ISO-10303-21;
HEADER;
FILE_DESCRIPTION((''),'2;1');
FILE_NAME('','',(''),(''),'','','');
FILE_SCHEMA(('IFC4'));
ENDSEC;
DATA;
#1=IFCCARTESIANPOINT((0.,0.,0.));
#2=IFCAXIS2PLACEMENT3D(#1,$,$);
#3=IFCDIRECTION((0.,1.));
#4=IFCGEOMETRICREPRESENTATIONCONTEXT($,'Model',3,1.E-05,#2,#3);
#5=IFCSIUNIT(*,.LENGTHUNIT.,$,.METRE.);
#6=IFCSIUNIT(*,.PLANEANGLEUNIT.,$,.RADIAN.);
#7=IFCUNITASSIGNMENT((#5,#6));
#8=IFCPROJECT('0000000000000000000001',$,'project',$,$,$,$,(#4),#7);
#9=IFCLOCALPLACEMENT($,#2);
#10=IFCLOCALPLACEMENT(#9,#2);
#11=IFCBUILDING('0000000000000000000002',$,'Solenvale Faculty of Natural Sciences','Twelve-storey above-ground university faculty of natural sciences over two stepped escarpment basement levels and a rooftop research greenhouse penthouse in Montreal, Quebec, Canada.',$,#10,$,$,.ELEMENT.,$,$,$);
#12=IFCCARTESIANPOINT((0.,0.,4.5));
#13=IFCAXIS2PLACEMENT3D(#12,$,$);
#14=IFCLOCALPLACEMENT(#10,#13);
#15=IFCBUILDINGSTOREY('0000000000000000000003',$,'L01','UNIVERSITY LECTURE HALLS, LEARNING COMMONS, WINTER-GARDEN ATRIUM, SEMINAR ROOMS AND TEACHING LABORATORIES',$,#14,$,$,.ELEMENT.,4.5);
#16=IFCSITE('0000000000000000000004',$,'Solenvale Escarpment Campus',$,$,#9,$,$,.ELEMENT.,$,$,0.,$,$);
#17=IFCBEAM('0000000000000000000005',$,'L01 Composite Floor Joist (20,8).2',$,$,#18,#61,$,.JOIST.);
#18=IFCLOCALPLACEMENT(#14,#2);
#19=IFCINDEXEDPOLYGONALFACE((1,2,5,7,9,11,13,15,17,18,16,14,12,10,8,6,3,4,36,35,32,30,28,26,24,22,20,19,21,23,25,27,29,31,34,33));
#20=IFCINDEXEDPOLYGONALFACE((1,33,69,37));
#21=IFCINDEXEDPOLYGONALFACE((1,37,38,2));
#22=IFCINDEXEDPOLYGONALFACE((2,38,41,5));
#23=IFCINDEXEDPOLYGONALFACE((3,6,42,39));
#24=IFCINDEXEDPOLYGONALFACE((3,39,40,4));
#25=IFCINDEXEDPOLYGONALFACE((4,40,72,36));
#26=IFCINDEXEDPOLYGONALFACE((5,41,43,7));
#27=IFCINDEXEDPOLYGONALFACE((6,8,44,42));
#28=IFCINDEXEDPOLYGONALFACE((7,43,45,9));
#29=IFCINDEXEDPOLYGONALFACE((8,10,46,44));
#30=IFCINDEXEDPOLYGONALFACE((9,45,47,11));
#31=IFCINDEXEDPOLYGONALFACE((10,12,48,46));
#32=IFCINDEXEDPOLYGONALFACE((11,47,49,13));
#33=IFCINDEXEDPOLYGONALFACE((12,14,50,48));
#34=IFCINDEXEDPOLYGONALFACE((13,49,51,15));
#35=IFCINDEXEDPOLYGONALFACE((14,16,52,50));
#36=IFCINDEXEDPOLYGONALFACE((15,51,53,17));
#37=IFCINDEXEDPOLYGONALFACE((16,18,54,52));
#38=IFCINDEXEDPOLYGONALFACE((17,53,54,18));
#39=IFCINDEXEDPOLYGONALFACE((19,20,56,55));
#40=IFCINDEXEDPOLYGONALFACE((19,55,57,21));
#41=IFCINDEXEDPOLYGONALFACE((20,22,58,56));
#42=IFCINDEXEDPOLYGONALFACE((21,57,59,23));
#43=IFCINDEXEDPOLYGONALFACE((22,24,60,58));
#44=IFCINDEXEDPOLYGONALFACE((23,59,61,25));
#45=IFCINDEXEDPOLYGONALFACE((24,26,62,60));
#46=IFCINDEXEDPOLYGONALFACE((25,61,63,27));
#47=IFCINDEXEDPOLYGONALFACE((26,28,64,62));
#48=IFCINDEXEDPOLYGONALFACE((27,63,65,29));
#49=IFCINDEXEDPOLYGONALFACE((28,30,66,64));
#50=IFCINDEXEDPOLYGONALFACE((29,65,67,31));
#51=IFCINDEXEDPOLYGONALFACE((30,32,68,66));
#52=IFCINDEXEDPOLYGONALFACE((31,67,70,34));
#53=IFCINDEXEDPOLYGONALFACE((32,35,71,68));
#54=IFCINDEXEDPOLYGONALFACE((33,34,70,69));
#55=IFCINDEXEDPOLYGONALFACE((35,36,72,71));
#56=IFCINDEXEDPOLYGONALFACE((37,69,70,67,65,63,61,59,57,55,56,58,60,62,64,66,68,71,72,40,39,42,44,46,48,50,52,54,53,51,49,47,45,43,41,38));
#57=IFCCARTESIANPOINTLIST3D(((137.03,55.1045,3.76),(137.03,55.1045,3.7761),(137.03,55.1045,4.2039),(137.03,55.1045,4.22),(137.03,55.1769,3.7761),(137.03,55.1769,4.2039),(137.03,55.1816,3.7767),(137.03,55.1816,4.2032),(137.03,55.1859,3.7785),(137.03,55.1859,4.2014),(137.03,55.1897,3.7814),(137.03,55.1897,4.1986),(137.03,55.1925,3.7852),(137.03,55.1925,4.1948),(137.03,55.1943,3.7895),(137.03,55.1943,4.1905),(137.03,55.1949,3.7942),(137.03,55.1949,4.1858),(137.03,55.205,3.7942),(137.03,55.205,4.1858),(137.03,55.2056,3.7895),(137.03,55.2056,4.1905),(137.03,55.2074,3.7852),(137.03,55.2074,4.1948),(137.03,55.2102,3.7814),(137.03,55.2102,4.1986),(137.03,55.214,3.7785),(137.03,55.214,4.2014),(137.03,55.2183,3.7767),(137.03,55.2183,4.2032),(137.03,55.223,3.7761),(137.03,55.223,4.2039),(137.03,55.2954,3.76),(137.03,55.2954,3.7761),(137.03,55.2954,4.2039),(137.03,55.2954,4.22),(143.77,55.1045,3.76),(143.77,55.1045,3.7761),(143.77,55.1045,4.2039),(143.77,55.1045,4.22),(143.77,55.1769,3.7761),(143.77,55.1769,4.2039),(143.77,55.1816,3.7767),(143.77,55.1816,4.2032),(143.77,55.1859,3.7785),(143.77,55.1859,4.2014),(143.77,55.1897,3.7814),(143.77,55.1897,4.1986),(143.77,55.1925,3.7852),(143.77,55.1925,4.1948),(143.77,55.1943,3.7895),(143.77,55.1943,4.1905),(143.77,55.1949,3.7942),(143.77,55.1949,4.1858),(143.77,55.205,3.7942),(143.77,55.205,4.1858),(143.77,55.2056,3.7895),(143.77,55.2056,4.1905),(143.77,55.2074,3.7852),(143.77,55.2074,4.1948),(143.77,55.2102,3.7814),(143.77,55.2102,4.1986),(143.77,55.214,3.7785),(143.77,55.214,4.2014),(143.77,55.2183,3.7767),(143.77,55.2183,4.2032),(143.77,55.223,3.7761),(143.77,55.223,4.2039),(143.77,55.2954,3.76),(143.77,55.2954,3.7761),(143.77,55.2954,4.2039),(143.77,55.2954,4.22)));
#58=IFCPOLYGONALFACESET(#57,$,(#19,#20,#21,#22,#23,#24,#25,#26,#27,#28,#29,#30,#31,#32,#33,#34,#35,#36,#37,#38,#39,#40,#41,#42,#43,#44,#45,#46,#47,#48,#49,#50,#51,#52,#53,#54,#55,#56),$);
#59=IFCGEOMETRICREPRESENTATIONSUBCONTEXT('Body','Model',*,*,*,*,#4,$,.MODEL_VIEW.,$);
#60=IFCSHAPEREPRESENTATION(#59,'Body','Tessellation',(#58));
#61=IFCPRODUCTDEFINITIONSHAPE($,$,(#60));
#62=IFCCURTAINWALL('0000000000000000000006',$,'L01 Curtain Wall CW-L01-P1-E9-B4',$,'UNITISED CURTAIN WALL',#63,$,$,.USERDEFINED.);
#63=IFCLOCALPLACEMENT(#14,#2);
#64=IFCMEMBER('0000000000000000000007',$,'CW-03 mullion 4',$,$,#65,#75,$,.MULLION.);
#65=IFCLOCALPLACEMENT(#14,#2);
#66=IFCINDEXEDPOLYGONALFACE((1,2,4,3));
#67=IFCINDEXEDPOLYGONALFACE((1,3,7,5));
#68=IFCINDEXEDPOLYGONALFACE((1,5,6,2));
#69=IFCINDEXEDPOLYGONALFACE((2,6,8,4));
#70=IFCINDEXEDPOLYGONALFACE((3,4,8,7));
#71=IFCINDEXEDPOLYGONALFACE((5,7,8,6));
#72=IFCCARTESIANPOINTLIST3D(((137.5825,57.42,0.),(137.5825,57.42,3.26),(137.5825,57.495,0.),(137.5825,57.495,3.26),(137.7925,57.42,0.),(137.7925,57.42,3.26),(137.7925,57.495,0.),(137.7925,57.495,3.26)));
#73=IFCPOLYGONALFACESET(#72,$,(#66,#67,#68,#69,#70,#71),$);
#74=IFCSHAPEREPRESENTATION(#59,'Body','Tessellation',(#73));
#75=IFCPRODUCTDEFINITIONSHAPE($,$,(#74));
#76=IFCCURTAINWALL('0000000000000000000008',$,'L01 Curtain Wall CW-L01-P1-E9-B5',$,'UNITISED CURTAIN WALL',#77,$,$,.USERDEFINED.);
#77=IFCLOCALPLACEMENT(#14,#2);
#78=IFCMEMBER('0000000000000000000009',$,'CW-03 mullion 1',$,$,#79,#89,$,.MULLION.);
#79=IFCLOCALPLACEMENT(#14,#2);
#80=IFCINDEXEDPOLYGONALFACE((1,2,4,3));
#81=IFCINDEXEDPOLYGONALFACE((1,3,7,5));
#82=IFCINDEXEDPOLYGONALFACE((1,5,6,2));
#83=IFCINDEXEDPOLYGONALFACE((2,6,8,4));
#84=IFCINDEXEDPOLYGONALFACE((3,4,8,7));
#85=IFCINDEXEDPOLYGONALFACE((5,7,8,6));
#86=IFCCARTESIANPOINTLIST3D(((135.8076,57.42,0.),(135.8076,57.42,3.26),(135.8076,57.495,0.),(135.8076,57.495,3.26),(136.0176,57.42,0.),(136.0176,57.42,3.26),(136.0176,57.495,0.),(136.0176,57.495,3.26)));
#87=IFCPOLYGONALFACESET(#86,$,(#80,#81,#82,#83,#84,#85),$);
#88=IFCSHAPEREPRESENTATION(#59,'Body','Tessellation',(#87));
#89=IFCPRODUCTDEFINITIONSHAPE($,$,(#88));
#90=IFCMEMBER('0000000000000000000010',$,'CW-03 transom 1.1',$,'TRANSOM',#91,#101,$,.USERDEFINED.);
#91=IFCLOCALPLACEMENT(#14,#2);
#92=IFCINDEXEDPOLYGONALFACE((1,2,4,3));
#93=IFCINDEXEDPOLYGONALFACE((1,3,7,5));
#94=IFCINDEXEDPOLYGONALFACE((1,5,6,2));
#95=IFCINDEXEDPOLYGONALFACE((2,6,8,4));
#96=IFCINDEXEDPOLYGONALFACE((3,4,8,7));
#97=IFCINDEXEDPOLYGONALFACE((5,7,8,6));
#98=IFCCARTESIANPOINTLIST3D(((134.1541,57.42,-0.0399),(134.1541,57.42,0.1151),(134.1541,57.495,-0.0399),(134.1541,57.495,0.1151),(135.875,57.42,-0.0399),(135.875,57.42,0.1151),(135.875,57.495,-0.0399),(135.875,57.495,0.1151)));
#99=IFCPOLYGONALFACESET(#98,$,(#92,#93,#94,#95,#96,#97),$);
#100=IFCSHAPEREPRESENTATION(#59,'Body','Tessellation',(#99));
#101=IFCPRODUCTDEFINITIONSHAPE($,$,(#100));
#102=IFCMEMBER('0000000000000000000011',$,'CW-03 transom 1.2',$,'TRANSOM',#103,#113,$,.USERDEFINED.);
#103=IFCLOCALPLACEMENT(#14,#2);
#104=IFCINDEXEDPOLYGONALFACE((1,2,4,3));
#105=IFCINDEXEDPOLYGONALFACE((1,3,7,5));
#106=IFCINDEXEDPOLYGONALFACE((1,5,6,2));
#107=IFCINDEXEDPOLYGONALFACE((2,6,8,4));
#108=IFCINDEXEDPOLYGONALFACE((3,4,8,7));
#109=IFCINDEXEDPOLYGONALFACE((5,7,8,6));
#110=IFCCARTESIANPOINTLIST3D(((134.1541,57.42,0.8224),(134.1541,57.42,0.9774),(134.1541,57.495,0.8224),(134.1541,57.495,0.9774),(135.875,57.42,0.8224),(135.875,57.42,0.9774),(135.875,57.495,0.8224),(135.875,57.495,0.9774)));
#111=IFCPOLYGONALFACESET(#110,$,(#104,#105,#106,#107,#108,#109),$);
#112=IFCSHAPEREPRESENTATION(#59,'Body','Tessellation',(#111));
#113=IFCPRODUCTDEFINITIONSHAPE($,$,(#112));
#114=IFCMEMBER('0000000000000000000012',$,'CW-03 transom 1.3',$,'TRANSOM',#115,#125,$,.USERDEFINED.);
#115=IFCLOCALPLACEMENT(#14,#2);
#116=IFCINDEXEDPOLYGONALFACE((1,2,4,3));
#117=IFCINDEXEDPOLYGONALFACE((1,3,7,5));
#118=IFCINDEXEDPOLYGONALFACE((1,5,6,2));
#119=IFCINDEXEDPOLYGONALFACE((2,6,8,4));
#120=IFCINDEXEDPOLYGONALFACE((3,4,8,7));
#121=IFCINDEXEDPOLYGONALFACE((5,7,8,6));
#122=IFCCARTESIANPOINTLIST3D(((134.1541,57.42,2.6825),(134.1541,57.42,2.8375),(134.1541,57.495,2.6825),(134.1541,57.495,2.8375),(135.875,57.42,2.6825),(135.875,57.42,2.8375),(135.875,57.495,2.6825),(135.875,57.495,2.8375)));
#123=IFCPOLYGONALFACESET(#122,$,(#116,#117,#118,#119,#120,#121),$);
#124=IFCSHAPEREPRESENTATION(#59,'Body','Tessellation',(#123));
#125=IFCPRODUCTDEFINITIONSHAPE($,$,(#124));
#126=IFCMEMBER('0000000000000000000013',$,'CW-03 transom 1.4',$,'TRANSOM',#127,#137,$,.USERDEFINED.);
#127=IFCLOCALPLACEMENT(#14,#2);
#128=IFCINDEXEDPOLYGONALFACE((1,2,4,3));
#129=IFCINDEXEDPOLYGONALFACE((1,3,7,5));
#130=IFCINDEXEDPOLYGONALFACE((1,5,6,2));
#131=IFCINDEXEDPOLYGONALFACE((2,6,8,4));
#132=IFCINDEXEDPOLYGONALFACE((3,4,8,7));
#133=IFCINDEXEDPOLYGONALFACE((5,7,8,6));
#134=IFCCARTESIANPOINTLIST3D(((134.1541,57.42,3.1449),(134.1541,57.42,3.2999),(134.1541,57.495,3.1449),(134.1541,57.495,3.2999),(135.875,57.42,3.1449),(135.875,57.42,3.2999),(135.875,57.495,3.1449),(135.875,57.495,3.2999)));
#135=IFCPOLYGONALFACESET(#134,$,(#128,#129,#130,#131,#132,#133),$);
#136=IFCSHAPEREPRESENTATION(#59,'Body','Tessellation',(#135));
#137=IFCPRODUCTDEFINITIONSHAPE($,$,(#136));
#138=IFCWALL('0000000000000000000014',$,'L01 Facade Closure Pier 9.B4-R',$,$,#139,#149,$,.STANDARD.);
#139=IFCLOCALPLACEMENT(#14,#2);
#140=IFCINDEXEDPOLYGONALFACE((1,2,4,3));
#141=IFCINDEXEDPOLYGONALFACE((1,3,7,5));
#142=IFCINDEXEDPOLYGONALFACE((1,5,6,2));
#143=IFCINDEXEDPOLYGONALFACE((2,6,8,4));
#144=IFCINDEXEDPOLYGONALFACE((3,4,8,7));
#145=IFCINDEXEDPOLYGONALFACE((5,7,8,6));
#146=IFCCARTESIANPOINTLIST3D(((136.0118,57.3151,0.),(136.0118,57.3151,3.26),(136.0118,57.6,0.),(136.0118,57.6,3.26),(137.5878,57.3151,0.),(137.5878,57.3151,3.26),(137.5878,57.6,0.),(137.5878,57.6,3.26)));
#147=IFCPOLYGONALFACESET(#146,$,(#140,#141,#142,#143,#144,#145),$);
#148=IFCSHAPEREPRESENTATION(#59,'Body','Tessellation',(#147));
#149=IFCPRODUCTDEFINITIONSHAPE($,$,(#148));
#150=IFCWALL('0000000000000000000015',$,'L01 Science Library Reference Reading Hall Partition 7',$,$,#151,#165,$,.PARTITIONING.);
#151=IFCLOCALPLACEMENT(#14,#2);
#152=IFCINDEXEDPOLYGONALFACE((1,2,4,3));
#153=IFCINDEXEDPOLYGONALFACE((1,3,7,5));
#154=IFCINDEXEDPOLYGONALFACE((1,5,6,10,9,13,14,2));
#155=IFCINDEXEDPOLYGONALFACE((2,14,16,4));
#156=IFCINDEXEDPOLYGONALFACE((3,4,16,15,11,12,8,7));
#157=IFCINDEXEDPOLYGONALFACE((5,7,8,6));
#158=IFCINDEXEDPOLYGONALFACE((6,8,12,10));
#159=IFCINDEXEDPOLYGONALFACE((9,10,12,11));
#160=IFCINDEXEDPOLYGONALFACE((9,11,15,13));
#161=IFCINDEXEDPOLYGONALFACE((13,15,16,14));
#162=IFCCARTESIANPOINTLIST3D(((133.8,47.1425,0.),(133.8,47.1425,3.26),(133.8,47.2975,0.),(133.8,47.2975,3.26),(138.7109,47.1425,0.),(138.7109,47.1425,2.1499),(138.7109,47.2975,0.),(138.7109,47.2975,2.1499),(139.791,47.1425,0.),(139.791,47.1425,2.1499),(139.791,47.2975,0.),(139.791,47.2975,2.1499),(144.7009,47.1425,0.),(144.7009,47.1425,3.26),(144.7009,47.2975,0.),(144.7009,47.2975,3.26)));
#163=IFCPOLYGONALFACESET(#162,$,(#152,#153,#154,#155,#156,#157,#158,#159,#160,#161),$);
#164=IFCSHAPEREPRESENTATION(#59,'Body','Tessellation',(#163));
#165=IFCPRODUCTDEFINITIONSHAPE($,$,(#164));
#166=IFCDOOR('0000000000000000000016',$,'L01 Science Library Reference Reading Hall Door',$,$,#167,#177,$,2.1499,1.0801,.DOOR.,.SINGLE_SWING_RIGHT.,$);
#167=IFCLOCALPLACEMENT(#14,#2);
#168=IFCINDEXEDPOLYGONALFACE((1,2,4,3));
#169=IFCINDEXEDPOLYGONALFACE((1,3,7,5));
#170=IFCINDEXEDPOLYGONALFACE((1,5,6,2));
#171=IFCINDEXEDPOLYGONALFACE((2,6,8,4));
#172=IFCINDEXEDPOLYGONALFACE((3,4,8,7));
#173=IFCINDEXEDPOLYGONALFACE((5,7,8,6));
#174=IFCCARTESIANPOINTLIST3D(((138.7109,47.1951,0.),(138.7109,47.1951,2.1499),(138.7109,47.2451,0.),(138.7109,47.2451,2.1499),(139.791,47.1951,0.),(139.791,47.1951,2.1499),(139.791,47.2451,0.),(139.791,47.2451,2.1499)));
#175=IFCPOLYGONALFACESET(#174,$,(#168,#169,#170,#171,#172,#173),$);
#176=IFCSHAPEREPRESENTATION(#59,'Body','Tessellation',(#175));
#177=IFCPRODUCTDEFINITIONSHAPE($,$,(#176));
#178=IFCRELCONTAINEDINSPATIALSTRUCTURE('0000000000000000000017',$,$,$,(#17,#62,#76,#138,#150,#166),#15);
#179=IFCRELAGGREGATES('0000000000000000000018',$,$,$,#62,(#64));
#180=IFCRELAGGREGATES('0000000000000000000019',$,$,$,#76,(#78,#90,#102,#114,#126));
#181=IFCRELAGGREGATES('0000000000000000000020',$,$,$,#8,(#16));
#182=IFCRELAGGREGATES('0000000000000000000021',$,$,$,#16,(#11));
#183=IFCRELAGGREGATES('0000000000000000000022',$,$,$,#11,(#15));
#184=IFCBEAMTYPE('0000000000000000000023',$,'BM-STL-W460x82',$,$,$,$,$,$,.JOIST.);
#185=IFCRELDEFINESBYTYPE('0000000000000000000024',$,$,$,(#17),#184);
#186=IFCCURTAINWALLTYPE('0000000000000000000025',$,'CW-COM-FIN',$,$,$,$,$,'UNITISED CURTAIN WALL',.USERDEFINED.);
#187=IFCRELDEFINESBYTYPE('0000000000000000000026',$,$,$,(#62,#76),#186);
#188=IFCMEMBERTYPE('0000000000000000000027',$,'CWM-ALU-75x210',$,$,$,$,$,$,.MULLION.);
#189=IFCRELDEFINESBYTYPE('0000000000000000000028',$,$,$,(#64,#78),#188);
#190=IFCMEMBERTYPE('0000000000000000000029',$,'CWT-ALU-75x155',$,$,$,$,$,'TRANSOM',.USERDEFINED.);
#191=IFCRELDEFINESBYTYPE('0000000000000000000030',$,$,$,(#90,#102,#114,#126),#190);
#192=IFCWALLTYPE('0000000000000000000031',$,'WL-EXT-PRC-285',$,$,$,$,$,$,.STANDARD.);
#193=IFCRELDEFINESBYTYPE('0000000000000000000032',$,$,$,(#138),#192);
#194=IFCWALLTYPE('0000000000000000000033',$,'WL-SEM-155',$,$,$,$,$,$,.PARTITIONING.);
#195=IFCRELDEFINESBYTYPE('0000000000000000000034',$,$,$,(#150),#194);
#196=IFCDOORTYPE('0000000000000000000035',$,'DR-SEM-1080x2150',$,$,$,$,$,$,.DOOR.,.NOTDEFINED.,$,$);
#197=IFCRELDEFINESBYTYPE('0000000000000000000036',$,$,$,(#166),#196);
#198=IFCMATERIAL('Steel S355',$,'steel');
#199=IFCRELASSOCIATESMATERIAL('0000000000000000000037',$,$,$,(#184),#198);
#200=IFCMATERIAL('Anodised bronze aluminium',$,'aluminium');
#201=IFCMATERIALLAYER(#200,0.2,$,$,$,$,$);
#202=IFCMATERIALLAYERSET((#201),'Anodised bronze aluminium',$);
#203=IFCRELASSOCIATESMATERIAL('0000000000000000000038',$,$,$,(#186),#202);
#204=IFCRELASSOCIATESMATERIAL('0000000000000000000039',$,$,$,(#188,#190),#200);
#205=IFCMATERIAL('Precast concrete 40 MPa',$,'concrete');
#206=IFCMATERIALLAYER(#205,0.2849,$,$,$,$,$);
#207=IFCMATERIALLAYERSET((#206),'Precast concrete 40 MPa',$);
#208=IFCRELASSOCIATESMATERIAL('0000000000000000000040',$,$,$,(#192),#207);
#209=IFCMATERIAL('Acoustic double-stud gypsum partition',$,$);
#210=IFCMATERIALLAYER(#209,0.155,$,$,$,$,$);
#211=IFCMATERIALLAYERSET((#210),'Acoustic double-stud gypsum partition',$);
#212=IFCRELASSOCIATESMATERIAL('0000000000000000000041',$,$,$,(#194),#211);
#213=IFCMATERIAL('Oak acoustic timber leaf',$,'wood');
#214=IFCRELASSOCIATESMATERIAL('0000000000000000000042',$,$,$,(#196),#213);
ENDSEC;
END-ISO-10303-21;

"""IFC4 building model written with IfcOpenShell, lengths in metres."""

from ifc_helpers import new_model, si_unit, direction, frame, frame_2d, origin, origin_2d, place, context, subcontext, project, spatial, rectangle, i_section, extrude, material, layer, layer_set, material_profile, profile_set, type_object, element, fill, aggregate, save


model = new_model("IFC4")

# Units and contexts
model_context = context("Model", 3, precision=1e-05, world=origin(), true_north=direction((0.0, 1.0)))
body_context = subcontext(model_context, "Body", "Model", "MODEL_VIEW")
ifc_project = project(units=[si_unit("LENGTHUNIT", "METRE"), si_unit("PLANEANGLEUNIT", "RADIAN")], contexts=[model_context])

# Site, building, storey
site_placement = place(None, origin())
site = spatial("IfcSite", under=ifc_project, at=site_placement, Name="Solenvale Escarpment Campus", CompositionType="ELEMENT", RefElevation=0.0)
building_placement = place(site_placement, origin())
building = spatial("IfcBuilding", under=site, at=building_placement, Name="Solenvale Faculty of Natural Sciences", Description="Twelve-storey above-ground university faculty of natural sciences over two stepped escarpment basement levels and a rooftop research greenhouse penthouse in Montreal, Quebec, Canada.", CompositionType="ELEMENT")
storey_placement = place(building_placement, frame((0.0, 0.0, 4.5)))
storey = spatial("IfcBuildingStorey", under=building, at=storey_placement, Name="L01", Description="UNIVERSITY LECTURE HALLS, LEARNING COMMONS, WINTER-GARDEN ATRIUM, SEMINAR ROOMS AND TEACHING LABORATORIES", CompositionType="ELEMENT", Elevation=4.5)

# Beam
ifc_material_1 = material(Name="Steel S355", Category="steel")
ifc_material_profile_1 = material_profile(ifc_material_1, i_section(OverallWidth=0.1909, OverallDepth=0.46, WebThickness=0.01, FlangeThickness=0.0161, FilletRadius=0.0181, at=origin_2d()), Name="W460x82")
ifc_profile_set_1 = profile_set([ifc_material_profile_1], Name="Steel S355")
beam_type_1 = type_object("IfcBeamType", Name="BM-STL-W460x82", PredefinedType="JOIST", material=ifc_profile_set_1)
for number, where, z_axis, x_axis, name in (
    (1, (137.03, 55.2, 3.99), (1.0, 0.0, 0.0), (0.0, 1.0, 0.0), "L01 Composite Floor Joist (20,8).2"),
):
    element("IfcBeam", number, at=place(storey_placement, frame(where, z_axis=z_axis, x_axis=x_axis)), inside=storey, type_object=beam_type_1, Name=name, PredefinedType="JOIST", context=body_context, shape_type="SweptSolid", body=[
        extrude(i_section(OverallWidth=0.1909, OverallDepth=0.46, WebThickness=0.01, FlangeThickness=0.0161, FilletRadius=0.0181, at=origin_2d()), origin(), (0.0, 0.0, 1.0), 6.74),
    ])

# Curtain wall, member
ifc_material_2 = material(Name="Anodised bronze aluminium", Category="aluminium")
ifc_layer_1 = layer(ifc_material_2, 0.2)
ifc_layer_set_1 = layer_set([ifc_layer_1], Name="Anodised bronze aluminium")
curtain_wall_type = type_object("IfcCurtainWallType", Name="CW-COM-FIN", ElementType="UNITISED CURTAIN WALL", PredefinedType="USERDEFINED", material=ifc_layer_set_1)
curtain_wall_1_placement = place(storey_placement, origin())
curtain_wall_1 = element("IfcCurtainWall", 2, at=curtain_wall_1_placement, inside=storey, type_object=curtain_wall_type, Name="L01 Curtain Wall CW-L01-P1-E9-B4", ObjectType="UNITISED CURTAIN WALL", PredefinedType="USERDEFINED")
ifc_material_profile_2 = material_profile(ifc_material_2, rectangle(XDim=0.075, YDim=0.21, at=origin_2d()), Name="ALU-MUL-75x210")
ifc_profile_set_2 = profile_set([ifc_material_profile_2], Name="Anodised bronze aluminium")
member_type_1 = type_object("IfcMemberType", Name="CWM-ALU-75x210", PredefinedType="MULLION", material=ifc_profile_set_2)
member_1_placement = place(storey_placement, frame((137.6875, 57.4575, 0.0), z_axis=(0.0, 0.0, 1.0), x_axis=(0.0, -1.0, 0.0)))
member_1 = element("IfcMember", 3, at=member_1_placement, type_object=member_type_1, Name="CW-03 mullion 4", PredefinedType="MULLION", context=body_context, shape_type="SweptSolid", body=[
    extrude(rectangle(XDim=0.075, YDim=0.21, at=origin_2d()), origin(), (0.0, 0.0, 1.0), 3.26),
])
aggregate(curtain_wall_1, [member_1])

# Curtain wall, members
curtain_wall_2_placement = place(storey_placement, origin())
curtain_wall_2 = element("IfcCurtainWall", 4, at=curtain_wall_2_placement, inside=storey, type_object=curtain_wall_type, Name="L01 Curtain Wall CW-L01-P1-E9-B5", ObjectType="UNITISED CURTAIN WALL", PredefinedType="USERDEFINED")
member_2_placement = place(storey_placement, frame((135.9126, 57.4575, 0.0), z_axis=(0.0, 0.0, 1.0), x_axis=(0.0, -1.0, 0.0)))
member_2 = element("IfcMember", 5, at=member_2_placement, type_object=member_type_1, Name="CW-03 mullion 1", PredefinedType="MULLION", context=body_context, shape_type="SweptSolid", body=[
    extrude(rectangle(XDim=0.075, YDim=0.21, at=origin_2d()), origin(), (0.0, 0.0, 1.0), 3.26),
])
ifc_material_profile_3 = material_profile(ifc_material_2, rectangle(XDim=0.075, YDim=0.155, at=origin_2d()), Name="ALU-TRN-75x155")
ifc_profile_set_3 = profile_set([ifc_material_profile_3], Name="Anodised bronze aluminium")
member_type_2 = type_object("IfcMemberType", Name="CWT-ALU-75x155", ElementType="TRANSOM", PredefinedType="USERDEFINED", material=ifc_profile_set_3)
member_3_placement = place(storey_placement, frame((135.875, 57.4575, 0.0376), z_axis=(-1.0, 0.0, 0.0), x_axis=(0.0, -1.0, 0.0)))
member_3 = element("IfcMember", 6, at=member_3_placement, type_object=member_type_2, Name="CW-03 transom 1.1", ObjectType="TRANSOM", PredefinedType="USERDEFINED", context=body_context, shape_type="SweptSolid", body=[
    extrude(rectangle(XDim=0.075, YDim=0.155, at=origin_2d()), origin(), (0.0, 0.0, 1.0), 1.7209),
])
member_4_placement = place(storey_placement, frame((135.875, 57.4575, 0.8999), z_axis=(-1.0, 0.0, 0.0), x_axis=(0.0, -1.0, 0.0)))
member_4 = element("IfcMember", 7, at=member_4_placement, type_object=member_type_2, Name="CW-03 transom 1.2", ObjectType="TRANSOM", PredefinedType="USERDEFINED", context=body_context, shape_type="SweptSolid", body=[
    extrude(rectangle(XDim=0.075, YDim=0.155, at=origin_2d()), origin(), (0.0, 0.0, 1.0), 1.7209),
])
member_5_placement = place(storey_placement, frame((135.875, 57.4575, 2.76), z_axis=(-1.0, 0.0, 0.0), x_axis=(0.0, -1.0, 0.0)))
member_5 = element("IfcMember", 8, at=member_5_placement, type_object=member_type_2, Name="CW-03 transom 1.3", ObjectType="TRANSOM", PredefinedType="USERDEFINED", context=body_context, shape_type="SweptSolid", body=[
    extrude(rectangle(XDim=0.075, YDim=0.155, at=origin_2d()), origin(), (0.0, 0.0, 1.0), 1.7209),
])
member_6_placement = place(storey_placement, frame((135.875, 57.4575, 3.2224), z_axis=(-1.0, 0.0, 0.0), x_axis=(0.0, -1.0, 0.0)))
member_6 = element("IfcMember", 9, at=member_6_placement, type_object=member_type_2, Name="CW-03 transom 1.4", ObjectType="TRANSOM", PredefinedType="USERDEFINED", context=body_context, shape_type="SweptSolid", body=[
    extrude(rectangle(XDim=0.075, YDim=0.155, at=origin_2d()), origin(), (0.0, 0.0, 1.0), 1.7209),
])
aggregate(curtain_wall_2, [member_2, member_3, member_4, member_5, member_6])

# Wall
ifc_material_3 = material(Name="Precast concrete 40 MPa", Category="concrete")
ifc_layer_2 = layer(ifc_material_3, 0.2849)
ifc_layer_set_2 = layer_set([ifc_layer_2], Name="Precast concrete 40 MPa")
wall_type_1 = type_object("IfcWallType", Name="WL-EXT-PRC-285", PredefinedType="STANDARD", material=ifc_layer_set_2)
wall_1_placement = place(storey_placement, frame((137.5879, 57.4575, 0.0), z_axis=(0.0, 0.0, 1.0), x_axis=(-1.0, 0.0, 0.0)))
element("IfcWall", 10, at=wall_1_placement, inside=storey, type_object=wall_type_1, Name="L01 Facade Closure Pier 9.B4-R", PredefinedType="STANDARD", context=body_context, shape_type="SweptSolid", body=[
    extrude(rectangle(XDim=1.5759, YDim=0.2849, at=frame_2d((0.7881, 0.0))), origin(), (0.0, 0.0, 1.0), 3.26),
])

# Wall, opening, door
ifc_material_4 = material(Name="Acoustic double-stud gypsum partition")
ifc_layer_3 = layer(ifc_material_4, 0.155)
ifc_layer_set_3 = layer_set([ifc_layer_3], Name="Acoustic double-stud gypsum partition")
wall_type_2 = type_object("IfcWallType", Name="WL-SEM-155", PredefinedType="PARTITIONING", material=ifc_layer_set_3)
wall_2_placement = place(storey_placement, frame((144.7009, 47.22, 0.0), z_axis=(0.0, 0.0, 1.0), x_axis=(-1.0, 0.0, 0.0)))
wall_2 = element("IfcWall", 11, at=wall_2_placement, inside=storey, type_object=wall_type_2, Name="L01 Science Library Reference Reading Hall Partition 7", PredefinedType="PARTITIONING", context=body_context, shape_type="SweptSolid", body=[
    extrude(rectangle(XDim=10.9009, YDim=0.155, at=frame_2d((5.4504, 0.0))), origin(), (0.0, 0.0, 1.0), 3.26),
])
opening_placement = place(wall_2_placement, frame((4.9099, 0.0, 0.0)))
opening = element("IfcOpeningElement", 12, at=opening_placement, cuts=wall_2, PredefinedType="OPENING", context=body_context, shape_type="SweptSolid", body=[
    extrude(rectangle(XDim=1.0801, YDim=2.1499, at=frame_2d((0.54, 1.075))), frame((0.0, 0.0874, 0.0), z_axis=(0.0, -1.0, 0.0), x_axis=(1.0, 0.0, 0.0)), (0.0, 0.0, 1.0), 0.175),
])
ifc_material_5 = material(Name="Oak acoustic timber leaf", Category="wood")
door_type = type_object("IfcDoorType", Name="DR-SEM-1080x2150", OperationType="NOTDEFINED", PredefinedType="DOOR", material=ifc_material_5)
door_placement = place(opening_placement, origin())
door = element("IfcDoor", 13, at=door_placement, inside=storey, type_object=door_type, Name="L01 Science Library Reference Reading Hall Door", OperationType="SINGLE_SWING_RIGHT", OverallHeight=2.1499, OverallWidth=1.0801, PredefinedType="DOOR", context=body_context, shape_type="SweptSolid", body=[
    extrude(rectangle(XDim=1.0801, YDim=2.1499, at=frame_2d((0.54, 1.075))), frame((0.0, 0.0249, 0.0), z_axis=(0.0, -1.0, 0.0), x_axis=(1.0, 0.0, 0.0)), (0.0, 0.0, 1.0), 0.05),
])
fill(opening, door)

save(model, "model.ifc")
